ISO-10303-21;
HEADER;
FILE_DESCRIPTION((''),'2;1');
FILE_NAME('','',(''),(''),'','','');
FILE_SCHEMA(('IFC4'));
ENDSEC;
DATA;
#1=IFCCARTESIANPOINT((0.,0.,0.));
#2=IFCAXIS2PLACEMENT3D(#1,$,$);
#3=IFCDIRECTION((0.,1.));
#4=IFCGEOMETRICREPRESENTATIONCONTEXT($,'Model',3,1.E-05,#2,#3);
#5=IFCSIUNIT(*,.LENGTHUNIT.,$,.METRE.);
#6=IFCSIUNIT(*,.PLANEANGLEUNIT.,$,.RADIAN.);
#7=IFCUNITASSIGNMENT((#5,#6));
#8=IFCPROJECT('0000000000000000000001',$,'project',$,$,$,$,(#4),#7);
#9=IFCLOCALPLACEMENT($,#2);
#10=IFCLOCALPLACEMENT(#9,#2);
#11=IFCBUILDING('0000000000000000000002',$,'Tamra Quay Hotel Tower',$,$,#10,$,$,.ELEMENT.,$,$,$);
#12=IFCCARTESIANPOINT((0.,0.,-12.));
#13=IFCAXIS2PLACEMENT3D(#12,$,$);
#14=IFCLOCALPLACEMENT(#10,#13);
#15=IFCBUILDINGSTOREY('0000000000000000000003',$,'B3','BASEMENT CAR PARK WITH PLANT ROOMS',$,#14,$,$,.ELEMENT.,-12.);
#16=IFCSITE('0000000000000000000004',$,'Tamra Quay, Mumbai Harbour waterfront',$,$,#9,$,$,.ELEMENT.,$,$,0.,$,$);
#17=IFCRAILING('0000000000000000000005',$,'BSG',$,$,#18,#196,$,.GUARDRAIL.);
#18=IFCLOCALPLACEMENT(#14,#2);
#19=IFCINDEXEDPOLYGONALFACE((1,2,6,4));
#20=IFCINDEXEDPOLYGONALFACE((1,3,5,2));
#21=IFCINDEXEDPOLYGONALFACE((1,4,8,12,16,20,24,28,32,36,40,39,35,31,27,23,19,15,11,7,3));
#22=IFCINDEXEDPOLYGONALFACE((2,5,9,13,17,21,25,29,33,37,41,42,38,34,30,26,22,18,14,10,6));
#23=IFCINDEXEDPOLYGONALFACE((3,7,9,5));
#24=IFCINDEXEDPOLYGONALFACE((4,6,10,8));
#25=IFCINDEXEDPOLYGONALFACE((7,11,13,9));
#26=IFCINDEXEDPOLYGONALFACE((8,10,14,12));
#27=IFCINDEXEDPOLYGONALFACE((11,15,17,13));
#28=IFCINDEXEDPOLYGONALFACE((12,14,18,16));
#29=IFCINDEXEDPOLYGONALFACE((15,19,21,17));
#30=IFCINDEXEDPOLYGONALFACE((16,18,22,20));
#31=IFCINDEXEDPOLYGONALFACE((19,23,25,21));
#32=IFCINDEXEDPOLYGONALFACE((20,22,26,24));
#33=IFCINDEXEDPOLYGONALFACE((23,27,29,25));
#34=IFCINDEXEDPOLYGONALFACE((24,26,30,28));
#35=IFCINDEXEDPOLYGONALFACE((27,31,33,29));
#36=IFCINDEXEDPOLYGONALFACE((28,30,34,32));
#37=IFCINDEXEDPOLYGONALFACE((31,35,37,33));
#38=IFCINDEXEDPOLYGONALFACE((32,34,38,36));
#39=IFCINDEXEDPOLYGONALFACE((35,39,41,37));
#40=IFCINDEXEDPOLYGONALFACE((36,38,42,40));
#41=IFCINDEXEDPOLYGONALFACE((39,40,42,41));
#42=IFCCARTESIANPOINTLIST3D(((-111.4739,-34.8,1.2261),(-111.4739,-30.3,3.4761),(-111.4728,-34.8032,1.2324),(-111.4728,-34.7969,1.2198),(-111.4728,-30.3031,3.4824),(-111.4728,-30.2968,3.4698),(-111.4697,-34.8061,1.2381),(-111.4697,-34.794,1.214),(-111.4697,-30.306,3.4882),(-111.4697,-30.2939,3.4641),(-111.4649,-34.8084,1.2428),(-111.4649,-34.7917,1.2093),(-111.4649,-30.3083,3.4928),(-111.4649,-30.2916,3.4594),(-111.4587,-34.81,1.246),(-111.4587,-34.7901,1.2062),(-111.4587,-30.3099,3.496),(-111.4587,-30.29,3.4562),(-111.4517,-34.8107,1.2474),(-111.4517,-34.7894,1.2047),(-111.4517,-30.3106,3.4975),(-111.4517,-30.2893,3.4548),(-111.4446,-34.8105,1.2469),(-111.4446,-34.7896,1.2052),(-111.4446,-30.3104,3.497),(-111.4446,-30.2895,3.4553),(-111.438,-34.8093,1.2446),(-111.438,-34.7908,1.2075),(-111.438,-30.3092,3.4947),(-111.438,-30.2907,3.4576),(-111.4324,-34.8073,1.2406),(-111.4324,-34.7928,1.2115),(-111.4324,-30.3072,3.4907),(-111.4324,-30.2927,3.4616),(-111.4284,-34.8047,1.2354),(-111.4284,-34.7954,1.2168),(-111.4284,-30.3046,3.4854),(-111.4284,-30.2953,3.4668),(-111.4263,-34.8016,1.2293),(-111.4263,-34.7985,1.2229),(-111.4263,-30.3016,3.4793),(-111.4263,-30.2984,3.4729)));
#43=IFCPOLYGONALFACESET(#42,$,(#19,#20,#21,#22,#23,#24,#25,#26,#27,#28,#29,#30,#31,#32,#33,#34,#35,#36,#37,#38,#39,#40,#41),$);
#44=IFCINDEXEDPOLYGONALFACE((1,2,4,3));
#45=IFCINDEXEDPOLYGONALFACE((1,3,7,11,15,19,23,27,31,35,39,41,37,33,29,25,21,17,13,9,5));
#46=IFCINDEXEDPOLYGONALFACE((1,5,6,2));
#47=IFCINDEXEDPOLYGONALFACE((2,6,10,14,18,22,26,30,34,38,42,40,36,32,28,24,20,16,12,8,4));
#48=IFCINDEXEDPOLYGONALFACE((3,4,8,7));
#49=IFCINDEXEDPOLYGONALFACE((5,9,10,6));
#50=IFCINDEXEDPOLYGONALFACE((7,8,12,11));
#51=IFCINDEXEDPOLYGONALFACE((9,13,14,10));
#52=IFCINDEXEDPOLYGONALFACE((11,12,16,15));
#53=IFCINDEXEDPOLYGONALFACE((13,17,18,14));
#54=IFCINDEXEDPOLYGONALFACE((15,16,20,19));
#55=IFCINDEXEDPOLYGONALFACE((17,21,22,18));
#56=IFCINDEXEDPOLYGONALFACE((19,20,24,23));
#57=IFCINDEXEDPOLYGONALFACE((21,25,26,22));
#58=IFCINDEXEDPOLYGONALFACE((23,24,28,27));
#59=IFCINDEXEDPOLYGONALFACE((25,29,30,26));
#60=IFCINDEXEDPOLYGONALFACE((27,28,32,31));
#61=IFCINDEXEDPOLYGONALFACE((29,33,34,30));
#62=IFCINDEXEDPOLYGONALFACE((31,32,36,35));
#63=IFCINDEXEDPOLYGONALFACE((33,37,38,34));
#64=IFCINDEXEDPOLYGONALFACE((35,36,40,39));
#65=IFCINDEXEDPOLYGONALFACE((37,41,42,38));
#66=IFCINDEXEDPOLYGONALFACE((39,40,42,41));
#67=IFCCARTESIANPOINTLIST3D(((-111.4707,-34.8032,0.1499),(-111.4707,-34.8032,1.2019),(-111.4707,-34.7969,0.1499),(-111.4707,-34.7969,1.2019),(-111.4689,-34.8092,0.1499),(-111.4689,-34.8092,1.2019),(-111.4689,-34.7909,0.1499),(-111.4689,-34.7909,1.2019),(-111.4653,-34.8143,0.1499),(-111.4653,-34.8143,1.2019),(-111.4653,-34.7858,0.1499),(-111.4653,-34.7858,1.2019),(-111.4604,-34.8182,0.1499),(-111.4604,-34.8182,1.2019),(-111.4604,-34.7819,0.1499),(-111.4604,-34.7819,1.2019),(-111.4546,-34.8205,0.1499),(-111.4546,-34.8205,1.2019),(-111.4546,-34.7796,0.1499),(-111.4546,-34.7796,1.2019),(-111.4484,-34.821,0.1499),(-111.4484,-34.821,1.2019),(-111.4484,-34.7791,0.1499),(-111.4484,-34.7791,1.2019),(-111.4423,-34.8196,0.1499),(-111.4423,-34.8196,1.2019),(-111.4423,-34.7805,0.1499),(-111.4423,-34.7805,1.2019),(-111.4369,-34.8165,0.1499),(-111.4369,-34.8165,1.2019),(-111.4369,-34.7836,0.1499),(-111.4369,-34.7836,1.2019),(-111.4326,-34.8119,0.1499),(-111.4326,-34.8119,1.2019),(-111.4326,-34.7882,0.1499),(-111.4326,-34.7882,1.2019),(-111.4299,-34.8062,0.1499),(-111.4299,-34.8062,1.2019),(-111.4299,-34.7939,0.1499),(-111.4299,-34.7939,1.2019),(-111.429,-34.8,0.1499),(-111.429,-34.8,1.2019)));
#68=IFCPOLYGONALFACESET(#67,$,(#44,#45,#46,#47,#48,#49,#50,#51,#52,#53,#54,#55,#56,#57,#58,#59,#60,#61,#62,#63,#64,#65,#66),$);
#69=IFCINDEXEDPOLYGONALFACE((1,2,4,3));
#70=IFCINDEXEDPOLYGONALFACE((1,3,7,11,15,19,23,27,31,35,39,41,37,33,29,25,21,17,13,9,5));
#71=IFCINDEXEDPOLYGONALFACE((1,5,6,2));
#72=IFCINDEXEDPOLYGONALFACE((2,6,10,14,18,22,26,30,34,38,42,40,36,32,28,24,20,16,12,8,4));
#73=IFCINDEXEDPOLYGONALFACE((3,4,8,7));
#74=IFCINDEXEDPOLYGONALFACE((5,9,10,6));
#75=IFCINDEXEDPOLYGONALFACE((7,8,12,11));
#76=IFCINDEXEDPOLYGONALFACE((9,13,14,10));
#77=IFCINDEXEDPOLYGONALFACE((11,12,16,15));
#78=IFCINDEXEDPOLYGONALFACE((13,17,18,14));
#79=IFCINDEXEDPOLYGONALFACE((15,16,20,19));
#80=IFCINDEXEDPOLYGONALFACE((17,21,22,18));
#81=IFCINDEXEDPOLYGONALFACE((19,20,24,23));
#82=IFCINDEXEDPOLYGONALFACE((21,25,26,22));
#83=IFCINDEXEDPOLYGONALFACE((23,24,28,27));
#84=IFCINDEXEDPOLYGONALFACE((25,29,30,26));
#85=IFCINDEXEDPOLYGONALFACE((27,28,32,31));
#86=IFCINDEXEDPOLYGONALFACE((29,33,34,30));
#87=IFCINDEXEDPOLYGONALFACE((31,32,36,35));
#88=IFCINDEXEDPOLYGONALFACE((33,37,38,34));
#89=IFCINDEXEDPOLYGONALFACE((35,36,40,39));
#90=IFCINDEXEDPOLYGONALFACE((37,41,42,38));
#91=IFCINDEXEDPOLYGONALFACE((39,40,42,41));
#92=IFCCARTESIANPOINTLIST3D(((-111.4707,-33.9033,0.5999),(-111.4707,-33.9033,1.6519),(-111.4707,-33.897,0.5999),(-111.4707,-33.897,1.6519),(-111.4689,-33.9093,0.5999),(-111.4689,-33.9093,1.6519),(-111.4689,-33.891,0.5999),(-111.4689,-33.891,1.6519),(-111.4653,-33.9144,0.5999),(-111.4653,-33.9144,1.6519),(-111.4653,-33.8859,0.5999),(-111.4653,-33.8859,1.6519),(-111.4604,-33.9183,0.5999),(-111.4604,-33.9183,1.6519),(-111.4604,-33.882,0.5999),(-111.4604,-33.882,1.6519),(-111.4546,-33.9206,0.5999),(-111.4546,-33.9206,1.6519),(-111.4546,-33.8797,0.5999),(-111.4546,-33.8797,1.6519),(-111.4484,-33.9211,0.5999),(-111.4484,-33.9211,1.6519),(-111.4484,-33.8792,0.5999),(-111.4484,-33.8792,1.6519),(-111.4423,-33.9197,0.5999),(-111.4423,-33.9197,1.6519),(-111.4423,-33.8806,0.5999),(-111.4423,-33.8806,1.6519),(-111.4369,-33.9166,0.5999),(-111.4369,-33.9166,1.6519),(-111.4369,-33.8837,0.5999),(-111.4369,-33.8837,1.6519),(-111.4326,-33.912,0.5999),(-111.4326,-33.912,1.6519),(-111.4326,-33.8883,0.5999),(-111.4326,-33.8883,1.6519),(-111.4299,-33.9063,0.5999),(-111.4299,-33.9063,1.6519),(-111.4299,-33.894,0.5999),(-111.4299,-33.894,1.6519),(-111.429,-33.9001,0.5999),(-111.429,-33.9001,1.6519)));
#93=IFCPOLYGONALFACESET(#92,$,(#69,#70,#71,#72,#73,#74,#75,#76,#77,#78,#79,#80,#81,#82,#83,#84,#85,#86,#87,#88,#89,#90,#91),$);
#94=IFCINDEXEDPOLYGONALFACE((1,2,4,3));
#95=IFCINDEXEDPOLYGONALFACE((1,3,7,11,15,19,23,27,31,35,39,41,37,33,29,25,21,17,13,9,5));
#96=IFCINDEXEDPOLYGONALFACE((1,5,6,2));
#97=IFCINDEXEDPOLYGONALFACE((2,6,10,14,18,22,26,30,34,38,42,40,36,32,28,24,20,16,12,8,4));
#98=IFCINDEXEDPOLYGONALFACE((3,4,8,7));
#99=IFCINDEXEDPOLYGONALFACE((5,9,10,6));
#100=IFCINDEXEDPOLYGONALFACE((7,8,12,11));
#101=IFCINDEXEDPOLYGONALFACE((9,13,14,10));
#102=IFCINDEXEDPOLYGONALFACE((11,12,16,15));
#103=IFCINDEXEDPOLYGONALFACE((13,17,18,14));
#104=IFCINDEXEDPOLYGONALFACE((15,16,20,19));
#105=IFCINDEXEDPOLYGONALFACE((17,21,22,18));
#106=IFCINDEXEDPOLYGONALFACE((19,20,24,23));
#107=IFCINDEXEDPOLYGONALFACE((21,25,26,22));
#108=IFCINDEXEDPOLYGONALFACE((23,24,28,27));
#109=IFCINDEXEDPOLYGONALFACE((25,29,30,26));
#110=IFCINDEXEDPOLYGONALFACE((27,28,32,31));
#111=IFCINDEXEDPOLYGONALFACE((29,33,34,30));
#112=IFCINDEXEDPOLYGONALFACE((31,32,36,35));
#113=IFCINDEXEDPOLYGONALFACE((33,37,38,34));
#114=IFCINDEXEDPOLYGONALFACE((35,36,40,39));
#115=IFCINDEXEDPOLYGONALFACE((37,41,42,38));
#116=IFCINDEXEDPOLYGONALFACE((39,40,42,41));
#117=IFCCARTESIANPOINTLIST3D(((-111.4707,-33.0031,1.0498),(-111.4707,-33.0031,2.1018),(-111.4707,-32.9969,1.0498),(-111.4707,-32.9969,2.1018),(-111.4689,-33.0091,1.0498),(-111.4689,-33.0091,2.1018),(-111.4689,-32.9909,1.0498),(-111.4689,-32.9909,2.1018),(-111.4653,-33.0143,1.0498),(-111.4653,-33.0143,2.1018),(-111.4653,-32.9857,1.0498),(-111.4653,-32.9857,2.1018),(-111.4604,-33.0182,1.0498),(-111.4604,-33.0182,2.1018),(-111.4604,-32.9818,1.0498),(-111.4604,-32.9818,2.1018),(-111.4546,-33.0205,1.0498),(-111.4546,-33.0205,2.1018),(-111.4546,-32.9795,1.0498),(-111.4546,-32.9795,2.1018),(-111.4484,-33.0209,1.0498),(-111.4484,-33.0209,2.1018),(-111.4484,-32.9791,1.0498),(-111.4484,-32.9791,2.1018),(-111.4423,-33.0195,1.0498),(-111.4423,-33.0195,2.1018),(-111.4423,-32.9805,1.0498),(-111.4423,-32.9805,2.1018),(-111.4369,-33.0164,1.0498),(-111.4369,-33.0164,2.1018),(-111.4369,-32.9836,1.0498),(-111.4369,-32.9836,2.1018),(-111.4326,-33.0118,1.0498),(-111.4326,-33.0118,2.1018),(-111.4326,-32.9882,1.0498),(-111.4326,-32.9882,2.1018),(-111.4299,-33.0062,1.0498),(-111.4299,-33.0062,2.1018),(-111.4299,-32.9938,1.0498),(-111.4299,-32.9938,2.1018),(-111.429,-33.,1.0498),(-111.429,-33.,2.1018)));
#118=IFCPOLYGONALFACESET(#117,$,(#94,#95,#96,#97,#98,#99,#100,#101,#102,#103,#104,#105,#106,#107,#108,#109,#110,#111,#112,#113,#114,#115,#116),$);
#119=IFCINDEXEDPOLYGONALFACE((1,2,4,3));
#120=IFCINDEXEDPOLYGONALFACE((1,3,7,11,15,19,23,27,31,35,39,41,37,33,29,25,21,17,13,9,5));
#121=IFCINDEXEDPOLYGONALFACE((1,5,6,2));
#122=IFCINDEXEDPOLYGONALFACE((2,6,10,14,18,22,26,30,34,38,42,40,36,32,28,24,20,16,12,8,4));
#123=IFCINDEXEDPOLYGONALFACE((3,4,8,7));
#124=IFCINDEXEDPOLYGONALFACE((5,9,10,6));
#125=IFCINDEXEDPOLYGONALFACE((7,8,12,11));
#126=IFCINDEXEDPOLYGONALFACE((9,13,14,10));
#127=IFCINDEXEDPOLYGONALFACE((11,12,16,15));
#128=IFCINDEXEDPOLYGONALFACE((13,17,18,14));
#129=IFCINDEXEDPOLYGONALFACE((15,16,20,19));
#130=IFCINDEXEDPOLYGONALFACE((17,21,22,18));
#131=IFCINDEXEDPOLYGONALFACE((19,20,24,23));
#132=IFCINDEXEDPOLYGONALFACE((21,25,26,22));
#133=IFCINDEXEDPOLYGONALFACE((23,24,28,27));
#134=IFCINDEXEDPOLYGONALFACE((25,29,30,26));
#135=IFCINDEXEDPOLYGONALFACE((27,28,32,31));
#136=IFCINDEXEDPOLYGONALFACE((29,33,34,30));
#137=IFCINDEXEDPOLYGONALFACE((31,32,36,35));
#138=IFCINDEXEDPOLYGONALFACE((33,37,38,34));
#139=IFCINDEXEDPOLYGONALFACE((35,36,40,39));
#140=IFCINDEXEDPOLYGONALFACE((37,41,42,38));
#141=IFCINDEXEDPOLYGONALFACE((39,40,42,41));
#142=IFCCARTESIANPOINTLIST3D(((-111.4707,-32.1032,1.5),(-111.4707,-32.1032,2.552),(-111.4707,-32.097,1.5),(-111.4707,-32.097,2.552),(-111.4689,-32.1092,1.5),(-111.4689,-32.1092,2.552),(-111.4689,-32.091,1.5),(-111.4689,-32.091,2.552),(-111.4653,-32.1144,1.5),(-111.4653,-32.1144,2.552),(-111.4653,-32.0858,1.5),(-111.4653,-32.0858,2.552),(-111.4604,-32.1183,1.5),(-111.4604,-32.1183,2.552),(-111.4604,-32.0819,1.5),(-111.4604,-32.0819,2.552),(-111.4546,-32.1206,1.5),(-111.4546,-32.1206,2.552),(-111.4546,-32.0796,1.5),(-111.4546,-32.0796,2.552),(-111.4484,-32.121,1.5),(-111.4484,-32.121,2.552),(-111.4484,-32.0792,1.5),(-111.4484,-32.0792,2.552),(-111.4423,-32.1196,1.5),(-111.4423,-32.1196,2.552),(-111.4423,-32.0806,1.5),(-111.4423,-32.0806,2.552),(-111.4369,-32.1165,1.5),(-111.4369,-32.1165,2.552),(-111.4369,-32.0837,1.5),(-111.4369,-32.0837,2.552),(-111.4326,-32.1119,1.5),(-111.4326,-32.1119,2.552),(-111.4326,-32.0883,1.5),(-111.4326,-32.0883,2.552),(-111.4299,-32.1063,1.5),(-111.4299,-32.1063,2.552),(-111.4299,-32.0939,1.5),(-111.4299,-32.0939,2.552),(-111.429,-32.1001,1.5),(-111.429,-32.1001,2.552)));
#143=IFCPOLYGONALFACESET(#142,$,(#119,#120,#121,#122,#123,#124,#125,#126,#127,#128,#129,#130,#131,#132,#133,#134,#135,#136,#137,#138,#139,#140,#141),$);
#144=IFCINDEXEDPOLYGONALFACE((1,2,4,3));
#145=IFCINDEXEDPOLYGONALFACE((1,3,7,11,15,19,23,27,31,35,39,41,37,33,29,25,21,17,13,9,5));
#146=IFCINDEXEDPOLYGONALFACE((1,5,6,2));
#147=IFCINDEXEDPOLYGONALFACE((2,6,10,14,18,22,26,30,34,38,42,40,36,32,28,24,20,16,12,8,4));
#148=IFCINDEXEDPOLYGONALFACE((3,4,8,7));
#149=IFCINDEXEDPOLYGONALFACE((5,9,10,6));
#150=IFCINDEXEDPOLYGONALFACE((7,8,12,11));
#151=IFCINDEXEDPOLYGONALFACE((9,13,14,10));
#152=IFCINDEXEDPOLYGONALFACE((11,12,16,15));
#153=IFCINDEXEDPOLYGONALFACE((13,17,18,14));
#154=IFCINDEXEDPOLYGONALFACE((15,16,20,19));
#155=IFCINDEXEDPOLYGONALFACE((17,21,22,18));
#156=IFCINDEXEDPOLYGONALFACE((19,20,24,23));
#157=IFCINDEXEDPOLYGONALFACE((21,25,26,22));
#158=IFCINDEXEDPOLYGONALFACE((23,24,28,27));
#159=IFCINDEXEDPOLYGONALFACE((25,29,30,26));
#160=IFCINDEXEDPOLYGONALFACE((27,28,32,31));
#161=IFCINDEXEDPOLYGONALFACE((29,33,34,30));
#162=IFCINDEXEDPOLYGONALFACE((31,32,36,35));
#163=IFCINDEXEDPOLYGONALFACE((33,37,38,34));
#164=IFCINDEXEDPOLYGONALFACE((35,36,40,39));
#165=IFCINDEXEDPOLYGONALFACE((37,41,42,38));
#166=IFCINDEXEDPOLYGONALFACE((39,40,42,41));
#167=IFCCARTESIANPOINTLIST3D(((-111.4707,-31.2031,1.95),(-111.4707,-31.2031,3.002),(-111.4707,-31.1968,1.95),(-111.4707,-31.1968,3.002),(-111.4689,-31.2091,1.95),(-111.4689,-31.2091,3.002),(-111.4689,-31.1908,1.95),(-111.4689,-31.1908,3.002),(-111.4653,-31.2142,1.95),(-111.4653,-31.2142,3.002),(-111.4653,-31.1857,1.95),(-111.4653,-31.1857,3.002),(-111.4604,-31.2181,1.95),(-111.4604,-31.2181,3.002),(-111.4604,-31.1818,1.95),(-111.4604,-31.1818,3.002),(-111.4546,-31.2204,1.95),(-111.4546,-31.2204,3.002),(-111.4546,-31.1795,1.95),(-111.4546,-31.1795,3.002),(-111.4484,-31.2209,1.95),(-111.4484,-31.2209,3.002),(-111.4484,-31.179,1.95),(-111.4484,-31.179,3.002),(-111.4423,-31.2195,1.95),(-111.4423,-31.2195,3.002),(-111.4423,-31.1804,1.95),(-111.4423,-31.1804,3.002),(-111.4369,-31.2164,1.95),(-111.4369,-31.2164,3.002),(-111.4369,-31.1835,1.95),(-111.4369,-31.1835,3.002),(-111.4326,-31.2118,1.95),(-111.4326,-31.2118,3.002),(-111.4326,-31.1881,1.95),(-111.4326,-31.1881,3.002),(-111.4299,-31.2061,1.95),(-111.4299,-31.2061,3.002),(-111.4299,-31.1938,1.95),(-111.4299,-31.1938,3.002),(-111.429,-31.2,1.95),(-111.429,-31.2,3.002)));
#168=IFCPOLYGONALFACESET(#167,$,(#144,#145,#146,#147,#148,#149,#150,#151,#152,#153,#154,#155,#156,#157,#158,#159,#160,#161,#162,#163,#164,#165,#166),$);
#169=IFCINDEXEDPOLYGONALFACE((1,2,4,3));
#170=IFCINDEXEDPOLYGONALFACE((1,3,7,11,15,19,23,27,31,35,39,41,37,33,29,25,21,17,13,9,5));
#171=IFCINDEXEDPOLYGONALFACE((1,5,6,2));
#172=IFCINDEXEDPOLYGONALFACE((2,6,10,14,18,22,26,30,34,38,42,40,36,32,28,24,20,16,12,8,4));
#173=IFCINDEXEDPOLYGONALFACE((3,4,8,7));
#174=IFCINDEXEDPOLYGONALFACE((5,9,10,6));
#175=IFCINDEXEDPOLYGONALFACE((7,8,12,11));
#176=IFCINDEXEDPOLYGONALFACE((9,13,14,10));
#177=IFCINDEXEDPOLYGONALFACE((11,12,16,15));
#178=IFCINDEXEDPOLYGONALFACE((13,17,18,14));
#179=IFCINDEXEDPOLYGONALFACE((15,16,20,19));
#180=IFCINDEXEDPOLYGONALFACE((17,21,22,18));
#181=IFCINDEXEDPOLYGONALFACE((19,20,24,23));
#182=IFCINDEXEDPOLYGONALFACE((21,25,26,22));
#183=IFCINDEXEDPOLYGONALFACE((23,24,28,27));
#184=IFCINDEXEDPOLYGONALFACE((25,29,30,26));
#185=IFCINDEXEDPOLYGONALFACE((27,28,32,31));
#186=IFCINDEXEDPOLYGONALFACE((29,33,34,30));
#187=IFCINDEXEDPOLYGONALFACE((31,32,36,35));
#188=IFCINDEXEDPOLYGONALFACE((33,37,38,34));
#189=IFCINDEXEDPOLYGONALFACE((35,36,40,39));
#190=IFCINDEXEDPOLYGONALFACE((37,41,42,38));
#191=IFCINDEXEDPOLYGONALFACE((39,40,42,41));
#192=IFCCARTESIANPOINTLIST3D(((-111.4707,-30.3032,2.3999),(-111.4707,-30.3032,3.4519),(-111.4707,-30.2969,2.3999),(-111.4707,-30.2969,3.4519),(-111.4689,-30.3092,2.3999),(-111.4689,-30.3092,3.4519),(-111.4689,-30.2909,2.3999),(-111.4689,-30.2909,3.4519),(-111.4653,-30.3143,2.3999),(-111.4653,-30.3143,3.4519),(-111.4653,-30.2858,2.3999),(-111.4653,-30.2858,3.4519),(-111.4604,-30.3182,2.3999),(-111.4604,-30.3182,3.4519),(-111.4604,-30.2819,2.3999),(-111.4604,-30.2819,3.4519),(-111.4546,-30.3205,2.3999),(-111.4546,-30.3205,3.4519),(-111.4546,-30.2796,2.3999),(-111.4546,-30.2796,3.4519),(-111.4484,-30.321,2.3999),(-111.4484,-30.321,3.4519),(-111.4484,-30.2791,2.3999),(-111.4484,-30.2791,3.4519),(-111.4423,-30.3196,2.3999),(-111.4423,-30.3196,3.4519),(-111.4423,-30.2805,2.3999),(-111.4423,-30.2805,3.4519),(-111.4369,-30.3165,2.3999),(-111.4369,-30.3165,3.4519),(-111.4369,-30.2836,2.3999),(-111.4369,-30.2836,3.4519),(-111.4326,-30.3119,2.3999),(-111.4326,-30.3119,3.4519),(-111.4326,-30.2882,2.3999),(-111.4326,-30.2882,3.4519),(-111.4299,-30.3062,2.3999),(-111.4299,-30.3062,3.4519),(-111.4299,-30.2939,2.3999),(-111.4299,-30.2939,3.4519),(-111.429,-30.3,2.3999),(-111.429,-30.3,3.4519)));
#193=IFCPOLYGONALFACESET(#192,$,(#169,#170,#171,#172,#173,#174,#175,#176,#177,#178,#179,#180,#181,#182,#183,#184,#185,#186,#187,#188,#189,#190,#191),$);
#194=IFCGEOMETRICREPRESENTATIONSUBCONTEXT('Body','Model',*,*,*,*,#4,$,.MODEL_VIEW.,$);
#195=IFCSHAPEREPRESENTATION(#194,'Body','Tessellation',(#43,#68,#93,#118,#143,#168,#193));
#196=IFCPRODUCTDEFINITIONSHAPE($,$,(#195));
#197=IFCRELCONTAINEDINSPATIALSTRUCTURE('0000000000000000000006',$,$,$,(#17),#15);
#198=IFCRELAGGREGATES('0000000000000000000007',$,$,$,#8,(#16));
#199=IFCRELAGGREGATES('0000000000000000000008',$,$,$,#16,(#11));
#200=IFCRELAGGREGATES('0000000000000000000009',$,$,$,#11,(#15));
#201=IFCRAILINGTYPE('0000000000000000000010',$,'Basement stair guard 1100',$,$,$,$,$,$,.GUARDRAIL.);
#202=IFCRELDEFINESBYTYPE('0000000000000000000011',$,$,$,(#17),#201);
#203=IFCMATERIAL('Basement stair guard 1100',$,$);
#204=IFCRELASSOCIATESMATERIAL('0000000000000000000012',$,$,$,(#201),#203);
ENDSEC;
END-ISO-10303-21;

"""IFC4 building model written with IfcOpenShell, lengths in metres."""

from ifc_helpers import new_model, si_unit, direction, frame, origin, origin_2d, place, context, subcontext, project, spatial, circle, extrude, material, type_object, element, save


model = new_model("IFC4")

# Units and contexts
model_context = context("Model", 3, precision=1e-05, world=origin(), true_north=direction((0.0, 1.0)))
body_context = subcontext(model_context, "Body", "Model", "MODEL_VIEW")
ifc_project = project(units=[si_unit("LENGTHUNIT", "METRE"), si_unit("PLANEANGLEUNIT", "RADIAN")], contexts=[model_context])

# Site, building, storey
site_placement = place(None, origin())
site = spatial("IfcSite", under=ifc_project, at=site_placement, Name="Tamra Quay, Mumbai Harbour waterfront", CompositionType="ELEMENT", RefElevation=0.0)
building_placement = place(site_placement, origin())
building = spatial("IfcBuilding", under=site, at=building_placement, Name="Tamra Quay Hotel Tower", CompositionType="ELEMENT")
storey_placement = place(building_placement, frame((0.0, 0.0, -12.0)))
storey = spatial("IfcBuildingStorey", under=building, at=storey_placement, Name="B3", Description="BASEMENT CAR PARK WITH PLANT ROOMS", CompositionType="ELEMENT", Elevation=-12.0)

# Railing
ifc_material_1 = material(Name="Basement stair guard 1100")
railing_type_1 = type_object("IfcRailingType", Name="Basement stair guard 1100", PredefinedType="GUARDRAIL", material=ifc_material_1)
railing_1_placement = place(storey_placement, frame((-111.45, -34.8, 0.1499)))
element("IfcRailing", 1, at=railing_1_placement, inside=storey, type_object=railing_type_1, Name="BSG", PredefinedType="GUARDRAIL", context=body_context, shape_type="SweptSolid", body=[
    extrude(circle(Radius=0.0239, at=origin_2d()), frame((0.0, 0.0, 1.0762), z_axis=(0.0, 0.894427, 0.447214), x_axis=(-1.0, 0.0, 0.0)), (0.0, 0.0, 1.0), 5.0312),
    extrude(circle(Radius=0.021, at=origin_2d()), origin(), (0.0, 0.0, 1.0), 1.052),
    extrude(circle(Radius=0.021, at=origin_2d()), frame((0.0, 0.8999, 0.45)), (0.0, 0.0, 1.0), 1.052),
    extrude(circle(Radius=0.021, at=origin_2d()), frame((0.0, 1.8, 0.8999)), (0.0, 0.0, 1.0), 1.052),
    extrude(circle(Radius=0.021, at=origin_2d()), frame((0.0, 2.7, 1.3501)), (0.0, 0.0, 1.0), 1.052),
    extrude(circle(Radius=0.021, at=origin_2d()), frame((0.0, 3.6001, 1.8)), (0.0, 0.0, 1.0), 1.052),
    extrude(circle(Radius=0.021, at=origin_2d()), frame((0.0, 4.5, 2.25)), (0.0, 0.0, 1.0), 1.052),
])

save(model, "model.ifc")
